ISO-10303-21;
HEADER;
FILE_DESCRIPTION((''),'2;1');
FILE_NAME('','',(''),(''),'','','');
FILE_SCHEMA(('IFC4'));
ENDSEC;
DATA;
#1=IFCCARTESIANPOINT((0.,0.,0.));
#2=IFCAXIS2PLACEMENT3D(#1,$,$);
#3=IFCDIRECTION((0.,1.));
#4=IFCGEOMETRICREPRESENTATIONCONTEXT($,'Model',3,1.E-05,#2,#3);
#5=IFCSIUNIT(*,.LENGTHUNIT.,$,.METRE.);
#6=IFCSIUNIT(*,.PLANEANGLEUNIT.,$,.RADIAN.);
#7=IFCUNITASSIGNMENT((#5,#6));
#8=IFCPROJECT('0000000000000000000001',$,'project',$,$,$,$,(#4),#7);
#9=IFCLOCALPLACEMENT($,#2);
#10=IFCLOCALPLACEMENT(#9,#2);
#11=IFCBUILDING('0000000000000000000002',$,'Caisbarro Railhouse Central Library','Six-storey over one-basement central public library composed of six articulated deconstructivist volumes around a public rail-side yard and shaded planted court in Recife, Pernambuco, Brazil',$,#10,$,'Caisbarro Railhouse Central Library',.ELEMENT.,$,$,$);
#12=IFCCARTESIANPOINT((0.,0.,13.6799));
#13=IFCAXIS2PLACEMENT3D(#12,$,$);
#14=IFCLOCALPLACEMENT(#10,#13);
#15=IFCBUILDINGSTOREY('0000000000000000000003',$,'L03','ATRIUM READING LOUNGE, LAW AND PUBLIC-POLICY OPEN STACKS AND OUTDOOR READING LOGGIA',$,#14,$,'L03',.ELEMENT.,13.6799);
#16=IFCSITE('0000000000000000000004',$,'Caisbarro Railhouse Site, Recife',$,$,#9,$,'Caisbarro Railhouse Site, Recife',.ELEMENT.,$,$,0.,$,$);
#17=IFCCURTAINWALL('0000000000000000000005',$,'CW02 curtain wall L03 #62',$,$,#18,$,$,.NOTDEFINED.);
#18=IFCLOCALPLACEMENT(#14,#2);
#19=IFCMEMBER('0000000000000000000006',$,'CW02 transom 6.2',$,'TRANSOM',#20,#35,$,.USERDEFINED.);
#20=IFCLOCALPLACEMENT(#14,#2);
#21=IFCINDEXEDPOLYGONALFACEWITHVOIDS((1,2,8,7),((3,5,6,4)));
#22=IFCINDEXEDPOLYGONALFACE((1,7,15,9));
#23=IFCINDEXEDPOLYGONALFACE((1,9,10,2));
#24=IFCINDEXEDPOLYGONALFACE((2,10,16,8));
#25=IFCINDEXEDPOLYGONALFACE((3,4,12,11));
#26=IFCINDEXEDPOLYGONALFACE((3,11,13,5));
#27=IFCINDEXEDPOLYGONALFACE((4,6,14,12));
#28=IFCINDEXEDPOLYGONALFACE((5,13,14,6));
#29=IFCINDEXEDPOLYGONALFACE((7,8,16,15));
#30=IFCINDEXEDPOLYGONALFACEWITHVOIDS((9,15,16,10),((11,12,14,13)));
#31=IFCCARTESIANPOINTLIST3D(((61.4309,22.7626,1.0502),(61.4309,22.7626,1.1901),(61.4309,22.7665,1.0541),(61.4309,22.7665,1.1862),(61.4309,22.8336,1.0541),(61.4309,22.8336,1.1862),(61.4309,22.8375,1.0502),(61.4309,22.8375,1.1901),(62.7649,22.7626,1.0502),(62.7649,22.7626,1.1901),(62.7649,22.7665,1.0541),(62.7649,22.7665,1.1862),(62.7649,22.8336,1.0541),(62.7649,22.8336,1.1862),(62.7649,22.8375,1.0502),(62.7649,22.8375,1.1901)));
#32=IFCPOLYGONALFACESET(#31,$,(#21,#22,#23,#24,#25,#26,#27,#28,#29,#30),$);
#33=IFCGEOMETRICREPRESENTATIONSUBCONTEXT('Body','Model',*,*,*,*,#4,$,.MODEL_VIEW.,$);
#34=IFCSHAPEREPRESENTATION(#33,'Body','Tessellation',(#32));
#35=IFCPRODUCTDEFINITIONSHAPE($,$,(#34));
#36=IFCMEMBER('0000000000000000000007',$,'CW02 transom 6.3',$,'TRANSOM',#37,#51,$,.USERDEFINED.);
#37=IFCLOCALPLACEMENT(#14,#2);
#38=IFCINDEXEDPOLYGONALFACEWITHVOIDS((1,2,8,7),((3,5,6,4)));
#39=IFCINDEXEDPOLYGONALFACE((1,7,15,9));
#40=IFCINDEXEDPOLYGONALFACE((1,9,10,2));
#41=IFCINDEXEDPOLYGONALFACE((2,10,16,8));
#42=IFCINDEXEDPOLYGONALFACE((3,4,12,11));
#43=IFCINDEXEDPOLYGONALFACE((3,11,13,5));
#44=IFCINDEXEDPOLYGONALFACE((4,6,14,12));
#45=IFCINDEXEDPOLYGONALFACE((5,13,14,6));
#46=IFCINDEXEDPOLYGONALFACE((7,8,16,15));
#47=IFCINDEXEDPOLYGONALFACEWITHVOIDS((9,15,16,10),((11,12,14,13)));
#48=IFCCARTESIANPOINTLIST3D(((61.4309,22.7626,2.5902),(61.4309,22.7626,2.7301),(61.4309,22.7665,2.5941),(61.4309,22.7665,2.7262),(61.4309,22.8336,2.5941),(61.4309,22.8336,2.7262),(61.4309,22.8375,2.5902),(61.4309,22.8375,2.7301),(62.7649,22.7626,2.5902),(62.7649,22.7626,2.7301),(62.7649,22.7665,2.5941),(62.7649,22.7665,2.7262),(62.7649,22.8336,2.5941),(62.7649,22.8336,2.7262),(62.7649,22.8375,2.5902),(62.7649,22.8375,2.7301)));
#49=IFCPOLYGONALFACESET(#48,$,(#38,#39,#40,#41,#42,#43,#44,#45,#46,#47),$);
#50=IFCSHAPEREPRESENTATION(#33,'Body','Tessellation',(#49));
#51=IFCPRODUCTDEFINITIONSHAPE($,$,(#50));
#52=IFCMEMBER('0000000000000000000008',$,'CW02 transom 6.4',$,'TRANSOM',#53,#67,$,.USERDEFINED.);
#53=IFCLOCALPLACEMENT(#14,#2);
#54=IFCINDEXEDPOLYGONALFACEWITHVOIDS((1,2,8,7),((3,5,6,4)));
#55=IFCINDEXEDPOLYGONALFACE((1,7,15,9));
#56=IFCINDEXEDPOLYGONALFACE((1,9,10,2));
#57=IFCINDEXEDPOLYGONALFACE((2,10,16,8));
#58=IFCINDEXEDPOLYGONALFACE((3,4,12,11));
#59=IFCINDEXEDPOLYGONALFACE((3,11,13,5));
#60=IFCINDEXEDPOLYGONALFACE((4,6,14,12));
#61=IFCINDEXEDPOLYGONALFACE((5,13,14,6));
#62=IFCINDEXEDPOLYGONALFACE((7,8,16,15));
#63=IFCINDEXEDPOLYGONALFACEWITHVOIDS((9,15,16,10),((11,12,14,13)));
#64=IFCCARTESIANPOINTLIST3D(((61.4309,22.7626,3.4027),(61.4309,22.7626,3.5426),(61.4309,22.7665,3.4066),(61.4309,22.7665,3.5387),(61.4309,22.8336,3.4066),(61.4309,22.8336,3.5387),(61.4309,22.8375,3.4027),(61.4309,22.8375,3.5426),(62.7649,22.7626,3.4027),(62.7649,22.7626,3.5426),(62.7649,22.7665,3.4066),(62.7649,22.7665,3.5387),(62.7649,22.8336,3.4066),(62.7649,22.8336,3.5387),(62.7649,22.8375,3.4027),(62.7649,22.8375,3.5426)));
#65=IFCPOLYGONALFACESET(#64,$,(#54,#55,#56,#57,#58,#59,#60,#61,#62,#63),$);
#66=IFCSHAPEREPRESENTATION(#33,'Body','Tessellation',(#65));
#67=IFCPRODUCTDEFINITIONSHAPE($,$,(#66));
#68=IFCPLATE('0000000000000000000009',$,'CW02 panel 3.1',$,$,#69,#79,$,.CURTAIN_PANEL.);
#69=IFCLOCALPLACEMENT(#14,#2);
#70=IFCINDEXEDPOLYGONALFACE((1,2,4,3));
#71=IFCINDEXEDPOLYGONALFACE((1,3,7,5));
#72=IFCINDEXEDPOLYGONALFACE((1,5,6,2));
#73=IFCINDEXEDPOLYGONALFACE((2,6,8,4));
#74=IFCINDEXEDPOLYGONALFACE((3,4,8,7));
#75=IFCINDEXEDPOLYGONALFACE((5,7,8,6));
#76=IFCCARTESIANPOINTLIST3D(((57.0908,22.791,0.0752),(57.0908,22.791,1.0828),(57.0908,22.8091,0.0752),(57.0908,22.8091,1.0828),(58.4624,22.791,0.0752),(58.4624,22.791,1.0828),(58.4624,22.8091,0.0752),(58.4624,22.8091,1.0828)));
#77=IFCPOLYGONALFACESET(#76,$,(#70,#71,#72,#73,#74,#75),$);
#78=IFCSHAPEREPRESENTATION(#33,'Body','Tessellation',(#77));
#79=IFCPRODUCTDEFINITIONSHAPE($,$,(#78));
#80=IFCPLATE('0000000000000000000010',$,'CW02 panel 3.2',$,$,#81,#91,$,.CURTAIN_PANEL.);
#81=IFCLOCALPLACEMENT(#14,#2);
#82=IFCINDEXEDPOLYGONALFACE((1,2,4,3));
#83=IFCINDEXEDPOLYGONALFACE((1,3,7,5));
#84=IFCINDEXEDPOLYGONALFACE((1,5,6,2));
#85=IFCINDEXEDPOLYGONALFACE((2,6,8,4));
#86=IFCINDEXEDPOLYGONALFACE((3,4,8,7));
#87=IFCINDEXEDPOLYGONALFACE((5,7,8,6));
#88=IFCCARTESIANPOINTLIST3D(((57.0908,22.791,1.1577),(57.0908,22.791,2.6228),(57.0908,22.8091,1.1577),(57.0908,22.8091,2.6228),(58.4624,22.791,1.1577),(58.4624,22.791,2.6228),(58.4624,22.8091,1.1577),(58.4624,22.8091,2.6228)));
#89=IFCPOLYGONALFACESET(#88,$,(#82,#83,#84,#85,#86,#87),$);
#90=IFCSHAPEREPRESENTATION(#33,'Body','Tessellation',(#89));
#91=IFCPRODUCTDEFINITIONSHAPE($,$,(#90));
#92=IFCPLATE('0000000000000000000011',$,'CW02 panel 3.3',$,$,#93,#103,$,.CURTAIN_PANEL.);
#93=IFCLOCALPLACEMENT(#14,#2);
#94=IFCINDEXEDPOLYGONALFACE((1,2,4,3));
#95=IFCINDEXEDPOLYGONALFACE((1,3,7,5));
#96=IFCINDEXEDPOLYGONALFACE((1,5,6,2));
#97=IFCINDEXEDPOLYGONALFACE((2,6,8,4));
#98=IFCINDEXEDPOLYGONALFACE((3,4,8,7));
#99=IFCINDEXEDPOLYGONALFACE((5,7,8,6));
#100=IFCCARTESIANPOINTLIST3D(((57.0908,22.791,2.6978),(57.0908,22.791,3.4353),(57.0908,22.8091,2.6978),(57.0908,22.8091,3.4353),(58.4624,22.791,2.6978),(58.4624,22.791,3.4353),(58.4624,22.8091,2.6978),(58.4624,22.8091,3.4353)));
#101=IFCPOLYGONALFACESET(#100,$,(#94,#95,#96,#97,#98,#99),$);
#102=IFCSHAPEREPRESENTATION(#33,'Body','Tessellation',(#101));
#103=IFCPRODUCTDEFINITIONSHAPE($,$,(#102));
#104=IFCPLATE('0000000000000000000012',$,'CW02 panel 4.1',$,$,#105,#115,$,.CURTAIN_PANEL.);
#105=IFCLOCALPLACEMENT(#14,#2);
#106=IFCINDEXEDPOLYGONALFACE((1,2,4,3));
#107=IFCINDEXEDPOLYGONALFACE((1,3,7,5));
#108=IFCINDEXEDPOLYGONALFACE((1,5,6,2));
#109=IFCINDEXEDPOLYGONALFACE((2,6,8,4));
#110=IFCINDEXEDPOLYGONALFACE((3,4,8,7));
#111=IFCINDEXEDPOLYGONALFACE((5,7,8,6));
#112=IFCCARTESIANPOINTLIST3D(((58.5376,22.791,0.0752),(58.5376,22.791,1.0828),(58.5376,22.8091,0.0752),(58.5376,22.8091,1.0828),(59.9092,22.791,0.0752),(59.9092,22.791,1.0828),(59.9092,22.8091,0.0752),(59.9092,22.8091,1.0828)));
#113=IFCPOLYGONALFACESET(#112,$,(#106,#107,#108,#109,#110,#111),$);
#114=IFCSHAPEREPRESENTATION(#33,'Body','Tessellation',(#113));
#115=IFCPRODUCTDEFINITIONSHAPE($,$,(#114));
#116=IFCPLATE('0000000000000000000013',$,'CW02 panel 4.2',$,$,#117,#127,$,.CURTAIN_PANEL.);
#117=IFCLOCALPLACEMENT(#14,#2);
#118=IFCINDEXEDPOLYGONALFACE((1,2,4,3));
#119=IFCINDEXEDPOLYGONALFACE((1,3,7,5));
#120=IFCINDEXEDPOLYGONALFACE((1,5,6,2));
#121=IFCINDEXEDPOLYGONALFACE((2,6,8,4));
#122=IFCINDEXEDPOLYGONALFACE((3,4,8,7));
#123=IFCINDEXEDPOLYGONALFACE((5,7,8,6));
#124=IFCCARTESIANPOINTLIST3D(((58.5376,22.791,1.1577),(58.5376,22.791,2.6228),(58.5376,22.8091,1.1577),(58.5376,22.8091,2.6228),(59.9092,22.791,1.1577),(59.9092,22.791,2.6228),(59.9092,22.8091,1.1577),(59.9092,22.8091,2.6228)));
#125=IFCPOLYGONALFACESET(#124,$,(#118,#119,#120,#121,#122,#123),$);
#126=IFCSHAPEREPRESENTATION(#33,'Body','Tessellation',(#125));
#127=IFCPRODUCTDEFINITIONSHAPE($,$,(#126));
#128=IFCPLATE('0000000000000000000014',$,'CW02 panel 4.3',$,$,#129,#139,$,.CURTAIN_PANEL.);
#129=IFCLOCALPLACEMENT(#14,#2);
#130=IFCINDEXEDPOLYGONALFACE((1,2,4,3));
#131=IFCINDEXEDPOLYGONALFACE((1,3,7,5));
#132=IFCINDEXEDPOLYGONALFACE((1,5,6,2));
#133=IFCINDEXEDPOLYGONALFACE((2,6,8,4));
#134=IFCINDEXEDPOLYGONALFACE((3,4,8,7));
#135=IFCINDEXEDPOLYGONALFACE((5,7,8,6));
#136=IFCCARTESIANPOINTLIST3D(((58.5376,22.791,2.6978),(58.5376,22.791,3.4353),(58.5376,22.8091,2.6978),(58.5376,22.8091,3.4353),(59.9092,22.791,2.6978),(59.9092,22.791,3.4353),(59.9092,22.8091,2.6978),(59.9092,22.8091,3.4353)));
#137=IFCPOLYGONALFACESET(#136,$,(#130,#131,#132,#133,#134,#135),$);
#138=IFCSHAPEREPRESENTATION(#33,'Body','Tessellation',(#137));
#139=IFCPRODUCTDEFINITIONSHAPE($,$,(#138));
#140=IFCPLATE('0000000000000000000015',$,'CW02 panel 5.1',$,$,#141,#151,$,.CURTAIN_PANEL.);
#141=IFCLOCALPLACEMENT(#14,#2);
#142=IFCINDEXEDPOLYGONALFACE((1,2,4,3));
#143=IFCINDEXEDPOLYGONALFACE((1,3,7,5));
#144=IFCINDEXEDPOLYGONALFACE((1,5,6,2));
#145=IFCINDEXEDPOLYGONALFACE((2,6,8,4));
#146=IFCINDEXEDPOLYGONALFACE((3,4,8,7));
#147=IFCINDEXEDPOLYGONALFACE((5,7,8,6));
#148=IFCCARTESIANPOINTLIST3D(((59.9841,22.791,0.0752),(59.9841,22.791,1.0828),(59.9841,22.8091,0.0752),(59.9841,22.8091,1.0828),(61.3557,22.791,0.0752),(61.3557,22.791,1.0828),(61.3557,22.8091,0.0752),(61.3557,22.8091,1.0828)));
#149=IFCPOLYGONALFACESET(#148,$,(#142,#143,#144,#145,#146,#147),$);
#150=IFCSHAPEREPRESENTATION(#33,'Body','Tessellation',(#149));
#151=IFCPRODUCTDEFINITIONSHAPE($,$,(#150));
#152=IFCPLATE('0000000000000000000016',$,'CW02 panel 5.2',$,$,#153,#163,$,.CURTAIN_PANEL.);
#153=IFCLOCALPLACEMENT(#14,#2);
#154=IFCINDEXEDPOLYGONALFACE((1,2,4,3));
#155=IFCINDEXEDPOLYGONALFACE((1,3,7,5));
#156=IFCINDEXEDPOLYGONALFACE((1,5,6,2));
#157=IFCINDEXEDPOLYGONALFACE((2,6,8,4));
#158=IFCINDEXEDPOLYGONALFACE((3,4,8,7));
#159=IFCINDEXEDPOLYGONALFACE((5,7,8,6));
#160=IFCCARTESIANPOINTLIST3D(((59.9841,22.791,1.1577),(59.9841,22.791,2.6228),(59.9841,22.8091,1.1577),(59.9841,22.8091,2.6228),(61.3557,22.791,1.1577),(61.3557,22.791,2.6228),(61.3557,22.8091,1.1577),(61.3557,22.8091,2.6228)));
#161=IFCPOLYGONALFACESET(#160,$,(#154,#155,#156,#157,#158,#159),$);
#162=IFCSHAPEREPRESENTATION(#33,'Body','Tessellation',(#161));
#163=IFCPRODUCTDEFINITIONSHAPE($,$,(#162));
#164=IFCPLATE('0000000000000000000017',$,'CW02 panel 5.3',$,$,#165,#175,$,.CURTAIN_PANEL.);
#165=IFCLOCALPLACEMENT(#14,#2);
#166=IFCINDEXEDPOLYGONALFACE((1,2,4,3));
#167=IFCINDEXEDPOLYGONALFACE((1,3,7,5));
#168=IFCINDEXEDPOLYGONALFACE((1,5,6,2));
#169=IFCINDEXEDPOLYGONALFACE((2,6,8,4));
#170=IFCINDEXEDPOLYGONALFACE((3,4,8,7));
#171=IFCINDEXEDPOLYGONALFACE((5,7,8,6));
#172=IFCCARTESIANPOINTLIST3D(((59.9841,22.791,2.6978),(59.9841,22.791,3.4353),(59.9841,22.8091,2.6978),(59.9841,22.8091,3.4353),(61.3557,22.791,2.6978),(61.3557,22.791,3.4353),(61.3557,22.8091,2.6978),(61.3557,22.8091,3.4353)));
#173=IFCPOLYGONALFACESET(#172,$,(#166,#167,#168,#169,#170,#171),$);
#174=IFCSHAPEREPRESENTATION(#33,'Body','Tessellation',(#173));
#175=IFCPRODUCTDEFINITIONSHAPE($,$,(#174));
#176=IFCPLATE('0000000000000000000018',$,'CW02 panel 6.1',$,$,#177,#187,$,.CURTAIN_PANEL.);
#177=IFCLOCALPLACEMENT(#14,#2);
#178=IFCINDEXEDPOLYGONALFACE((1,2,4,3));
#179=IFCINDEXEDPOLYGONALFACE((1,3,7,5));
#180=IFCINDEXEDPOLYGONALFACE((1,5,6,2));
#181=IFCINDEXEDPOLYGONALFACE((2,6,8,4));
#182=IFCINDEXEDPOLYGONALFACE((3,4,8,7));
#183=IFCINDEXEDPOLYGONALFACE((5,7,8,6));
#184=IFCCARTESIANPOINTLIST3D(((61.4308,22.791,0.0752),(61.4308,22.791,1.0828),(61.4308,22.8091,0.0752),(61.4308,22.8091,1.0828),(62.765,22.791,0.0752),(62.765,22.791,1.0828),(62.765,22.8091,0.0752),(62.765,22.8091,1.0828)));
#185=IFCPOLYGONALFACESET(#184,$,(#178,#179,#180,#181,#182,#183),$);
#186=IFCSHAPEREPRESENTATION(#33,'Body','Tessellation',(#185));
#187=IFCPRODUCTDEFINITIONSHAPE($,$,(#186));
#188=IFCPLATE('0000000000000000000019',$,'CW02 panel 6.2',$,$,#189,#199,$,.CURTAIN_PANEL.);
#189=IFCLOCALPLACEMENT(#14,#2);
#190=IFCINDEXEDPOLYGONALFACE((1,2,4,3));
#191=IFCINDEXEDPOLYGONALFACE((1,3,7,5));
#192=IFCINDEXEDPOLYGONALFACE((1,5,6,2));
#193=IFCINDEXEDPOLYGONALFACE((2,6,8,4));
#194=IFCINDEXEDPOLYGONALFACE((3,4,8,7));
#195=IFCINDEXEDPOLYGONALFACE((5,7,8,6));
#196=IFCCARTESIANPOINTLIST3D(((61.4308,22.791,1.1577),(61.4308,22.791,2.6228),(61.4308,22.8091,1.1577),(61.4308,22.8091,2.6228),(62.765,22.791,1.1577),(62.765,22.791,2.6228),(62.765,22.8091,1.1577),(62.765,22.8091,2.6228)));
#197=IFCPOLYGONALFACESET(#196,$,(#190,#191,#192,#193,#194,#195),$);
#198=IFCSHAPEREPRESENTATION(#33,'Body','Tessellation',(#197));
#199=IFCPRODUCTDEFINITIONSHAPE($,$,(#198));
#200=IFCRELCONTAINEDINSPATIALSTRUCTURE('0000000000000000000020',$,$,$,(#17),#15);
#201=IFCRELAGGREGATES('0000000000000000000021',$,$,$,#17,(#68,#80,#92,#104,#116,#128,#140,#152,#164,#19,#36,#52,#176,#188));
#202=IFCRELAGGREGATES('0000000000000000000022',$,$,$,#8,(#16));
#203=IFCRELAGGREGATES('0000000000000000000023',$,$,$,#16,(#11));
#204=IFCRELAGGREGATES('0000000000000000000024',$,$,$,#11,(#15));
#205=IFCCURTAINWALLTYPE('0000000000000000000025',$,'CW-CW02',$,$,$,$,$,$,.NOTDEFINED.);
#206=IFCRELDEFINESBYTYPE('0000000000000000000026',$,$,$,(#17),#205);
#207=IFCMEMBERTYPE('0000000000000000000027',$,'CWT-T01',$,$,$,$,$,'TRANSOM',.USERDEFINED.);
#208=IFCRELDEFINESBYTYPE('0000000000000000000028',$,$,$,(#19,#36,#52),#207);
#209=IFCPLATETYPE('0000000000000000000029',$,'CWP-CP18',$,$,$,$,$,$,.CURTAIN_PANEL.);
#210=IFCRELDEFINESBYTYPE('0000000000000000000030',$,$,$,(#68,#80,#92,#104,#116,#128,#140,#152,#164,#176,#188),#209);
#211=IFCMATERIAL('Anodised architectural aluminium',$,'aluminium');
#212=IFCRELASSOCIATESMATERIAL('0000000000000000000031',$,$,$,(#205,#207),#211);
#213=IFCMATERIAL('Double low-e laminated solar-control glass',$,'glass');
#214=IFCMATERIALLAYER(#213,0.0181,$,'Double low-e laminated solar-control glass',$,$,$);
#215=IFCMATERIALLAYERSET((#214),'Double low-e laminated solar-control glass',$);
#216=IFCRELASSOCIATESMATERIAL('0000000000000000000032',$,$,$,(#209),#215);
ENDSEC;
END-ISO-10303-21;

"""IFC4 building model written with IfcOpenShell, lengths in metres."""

from ifc_helpers import new_model, si_unit, direction, frame, origin, origin_2d, place, context, subcontext, project, spatial, rectangle, hollow_rectangle, extrude, material, layer, layer_set, material_profile, profile_set, type_object, element, aggregate, save


model = new_model("IFC4")

# Units and contexts
model_context = context("Model", 3, precision=1e-05, world=origin(), true_north=direction((0.0, 1.0)))
body_context = subcontext(model_context, "Body", "Model", "MODEL_VIEW")
ifc_project = project(units=[si_unit("LENGTHUNIT", "METRE"), si_unit("PLANEANGLEUNIT", "RADIAN")], contexts=[model_context])

# Site, building, storey
site_placement = place(None, origin())
site = spatial("IfcSite", under=ifc_project, at=site_placement, Name="Caisbarro Railhouse Site, Recife", LongName="Caisbarro Railhouse Site, Recife", CompositionType="ELEMENT", RefElevation=0.0)
building_placement = place(site_placement, origin())
building = spatial("IfcBuilding", under=site, at=building_placement, Name="Caisbarro Railhouse Central Library", Description="Six-storey over one-basement central public library composed of six articulated deconstructivist volumes around a public rail-side yard and shaded planted court in Recife, Pernambuco, Brazil", LongName="Caisbarro Railhouse Central Library", CompositionType="ELEMENT")
storey_placement = place(building_placement, frame((0.0, 0.0, 13.6799)))
storey = spatial("IfcBuildingStorey", under=building, at=storey_placement, Name="L03", Description="ATRIUM READING LOUNGE, LAW AND PUBLIC-POLICY OPEN STACKS AND OUTDOOR READING LOGGIA", LongName="L03", CompositionType="ELEMENT", Elevation=13.6799)

# Curtain wall, members, plates
ifc_material_1 = material(Name="Anodised architectural aluminium", Category="aluminium")
curtain_wall_type = type_object("IfcCurtainWallType", Name="CW-CW02", PredefinedType="NOTDEFINED", material=ifc_material_1)
curtain_wall_placement = place(storey_placement, origin())
curtain_wall = element("IfcCurtainWall", 1, at=curtain_wall_placement, inside=storey, type_object=curtain_wall_type, Name="CW02 curtain wall L03 #62", PredefinedType="NOTDEFINED")
ifc_material_profile_1 = material_profile(ifc_material_1, hollow_rectangle(XDim=0.075, YDim=0.1399, WallThickness=0.0039, at=origin_2d()), Name="ALU-TRN-75X140")
ifc_profile_set_1 = profile_set([ifc_material_profile_1], Name="Anodised architectural aluminium")
member_type_1 = type_object("IfcMemberType", Name="CWT-T01", ElementType="TRANSOM", PredefinedType="USERDEFINED", material=ifc_profile_set_1)
member_1_placement = place(storey_placement, frame((61.4309, 22.8, 1.1201), z_axis=(1.0, 0.0, 0.0), x_axis=(0.0, 1.0, 0.0)))
member_1 = element("IfcMember", 2, at=member_1_placement, type_object=member_type_1, Name="CW02 transom 6.2", ObjectType="TRANSOM", PredefinedType="USERDEFINED", context=body_context, shape_type="SweptSolid", body=[
    extrude(hollow_rectangle(XDim=0.075, YDim=0.1399, WallThickness=0.0039, at=origin_2d()), origin(), (0.0, 0.0, 1.0), 1.334),
])
member_2_placement = place(storey_placement, frame((61.4309, 22.8, 2.6602), z_axis=(1.0, 0.0, 0.0), x_axis=(0.0, 1.0, 0.0)))
member_2 = element("IfcMember", 3, at=member_2_placement, type_object=member_type_1, Name="CW02 transom 6.3", ObjectType="TRANSOM", PredefinedType="USERDEFINED", context=body_context, shape_type="SweptSolid", body=[
    extrude(hollow_rectangle(XDim=0.075, YDim=0.1399, WallThickness=0.0039, at=origin_2d()), origin(), (0.0, 0.0, 1.0), 1.334),
])
member_3_placement = place(storey_placement, frame((61.4309, 22.8, 3.4727), z_axis=(1.0, 0.0, 0.0), x_axis=(0.0, 1.0, 0.0)))
member_3 = element("IfcMember", 4, at=member_3_placement, type_object=member_type_1, Name="CW02 transom 6.4", ObjectType="TRANSOM", PredefinedType="USERDEFINED", context=body_context, shape_type="SweptSolid", body=[
    extrude(hollow_rectangle(XDim=0.075, YDim=0.1399, WallThickness=0.0039, at=origin_2d()), origin(), (0.0, 0.0, 1.0), 1.334),
])
ifc_material_2 = material(Name="Double low-e laminated solar-control glass", Category="glass")
ifc_layer = layer(ifc_material_2, 0.0181, Name="Double low-e laminated solar-control glass")
ifc_layer_set = layer_set([ifc_layer], Name="Double low-e laminated solar-control glass")
plate_type = type_object("IfcPlateType", Name="CWP-CP18", PredefinedType="CURTAIN_PANEL", material=ifc_layer_set)
plate_1_placement = place(storey_placement, frame((57.7766, 22.8, 0.0752), z_axis=(0.0, 0.0, 1.0), x_axis=(1.0, 0.0, 0.0)))
plate_1 = element("IfcPlate", 5, at=plate_1_placement, type_object=plate_type, Name="CW02 panel 3.1", PredefinedType="CURTAIN_PANEL", context=body_context, shape_type="SweptSolid", body=[
    extrude(rectangle(XDim=1.3716, YDim=0.0181, at=origin_2d()), origin(), (0.0, 0.0, 1.0), 1.0076),
])
plate_2_placement = place(storey_placement, frame((57.7766, 22.8, 1.1577), z_axis=(0.0, 0.0, 1.0), x_axis=(1.0, 0.0, 0.0)))
plate_2 = element("IfcPlate", 6, at=plate_2_placement, type_object=plate_type, Name="CW02 panel 3.2", PredefinedType="CURTAIN_PANEL", context=body_context, shape_type="SweptSolid", body=[
    extrude(rectangle(XDim=1.3716, YDim=0.0181, at=origin_2d()), origin(), (0.0, 0.0, 1.0), 1.4651),
])
plate_3_placement = place(storey_placement, frame((57.7766, 22.8, 2.6978), z_axis=(0.0, 0.0, 1.0), x_axis=(1.0, 0.0, 0.0)))
plate_3 = element("IfcPlate", 7, at=plate_3_placement, type_object=plate_type, Name="CW02 panel 3.3", PredefinedType="CURTAIN_PANEL", context=body_context, shape_type="SweptSolid", body=[
    extrude(rectangle(XDim=1.3716, YDim=0.0181, at=origin_2d()), origin(), (0.0, 0.0, 1.0), 0.7375),
])
plate_4_placement = place(storey_placement, frame((59.2234, 22.8, 0.0752), z_axis=(0.0, 0.0, 1.0), x_axis=(1.0, 0.0, 0.0)))
plate_4 = element("IfcPlate", 8, at=plate_4_placement, type_object=plate_type, Name="CW02 panel 4.1", PredefinedType="CURTAIN_PANEL", context=body_context, shape_type="SweptSolid", body=[
    extrude(rectangle(XDim=1.3716, YDim=0.0181, at=origin_2d()), origin(), (0.0, 0.0, 1.0), 1.0076),
])
plate_5_placement = place(storey_placement, frame((59.2234, 22.8, 1.1577), z_axis=(0.0, 0.0, 1.0), x_axis=(1.0, 0.0, 0.0)))
plate_5 = element("IfcPlate", 9, at=plate_5_placement, type_object=plate_type, Name="CW02 panel 4.2", PredefinedType="CURTAIN_PANEL", context=body_context, shape_type="SweptSolid", body=[
    extrude(rectangle(XDim=1.3716, YDim=0.0181, at=origin_2d()), origin(), (0.0, 0.0, 1.0), 1.4651),
])
plate_6_placement = place(storey_placement, frame((59.2234, 22.8, 2.6978), z_axis=(0.0, 0.0, 1.0), x_axis=(1.0, 0.0, 0.0)))
plate_6 = element("IfcPlate", 10, at=plate_6_placement, type_object=plate_type, Name="CW02 panel 4.3", PredefinedType="CURTAIN_PANEL", context=body_context, shape_type="SweptSolid", body=[
    extrude(rectangle(XDim=1.3716, YDim=0.0181, at=origin_2d()), origin(), (0.0, 0.0, 1.0), 0.7375),
])
plate_7_placement = place(storey_placement, frame((60.6699, 22.8, 0.0752), z_axis=(0.0, 0.0, 1.0), x_axis=(1.0, 0.0, 0.0)))
plate_7 = element("IfcPlate", 11, at=plate_7_placement, type_object=plate_type, Name="CW02 panel 5.1", PredefinedType="CURTAIN_PANEL", context=body_context, shape_type="SweptSolid", body=[
    extrude(rectangle(XDim=1.3716, YDim=0.0181, at=origin_2d()), origin(), (0.0, 0.0, 1.0), 1.0076),
])
plate_8_placement = place(storey_placement, frame((60.6699, 22.8, 1.1577), z_axis=(0.0, 0.0, 1.0), x_axis=(1.0, 0.0, 0.0)))
plate_8 = element("IfcPlate", 12, at=plate_8_placement, type_object=plate_type, Name="CW02 panel 5.2", PredefinedType="CURTAIN_PANEL", context=body_context, shape_type="SweptSolid", body=[
    extrude(rectangle(XDim=1.3716, YDim=0.0181, at=origin_2d()), origin(), (0.0, 0.0, 1.0), 1.4651),
])
plate_9_placement = place(storey_placement, frame((60.6699, 22.8, 2.6978), z_axis=(0.0, 0.0, 1.0), x_axis=(1.0, 0.0, 0.0)))
plate_9 = element("IfcPlate", 13, at=plate_9_placement, type_object=plate_type, Name="CW02 panel 5.3", PredefinedType="CURTAIN_PANEL", context=body_context, shape_type="SweptSolid", body=[
    extrude(rectangle(XDim=1.3716, YDim=0.0181, at=origin_2d()), origin(), (0.0, 0.0, 1.0), 0.7375),
])
plate_10_placement = place(storey_placement, frame((62.0979, 22.8, 0.0752), z_axis=(0.0, 0.0, 1.0), x_axis=(1.0, 0.0, 0.0)))
plate_10 = element("IfcPlate", 14, at=plate_10_placement, type_object=plate_type, Name="CW02 panel 6.1", PredefinedType="CURTAIN_PANEL", context=body_context, shape_type="SweptSolid", body=[
    extrude(rectangle(XDim=1.3342, YDim=0.0181, at=origin_2d()), origin(), (0.0, 0.0, 1.0), 1.0076),
])
plate_11_placement = place(storey_placement, frame((62.0979, 22.8, 1.1577), z_axis=(0.0, 0.0, 1.0), x_axis=(1.0, 0.0, 0.0)))
plate_11 = element("IfcPlate", 15, at=plate_11_placement, type_object=plate_type, Name="CW02 panel 6.2", PredefinedType="CURTAIN_PANEL", context=body_context, shape_type="SweptSolid", body=[
    extrude(rectangle(XDim=1.3342, YDim=0.0181, at=origin_2d()), origin(), (0.0, 0.0, 1.0), 1.4651),
])
aggregate(curtain_wall, [plate_1, plate_2, plate_3, plate_4, plate_5, plate_6, plate_7, plate_8, plate_9, member_1, member_2, member_3, plate_10, plate_11])

save(model, "model.ifc")
